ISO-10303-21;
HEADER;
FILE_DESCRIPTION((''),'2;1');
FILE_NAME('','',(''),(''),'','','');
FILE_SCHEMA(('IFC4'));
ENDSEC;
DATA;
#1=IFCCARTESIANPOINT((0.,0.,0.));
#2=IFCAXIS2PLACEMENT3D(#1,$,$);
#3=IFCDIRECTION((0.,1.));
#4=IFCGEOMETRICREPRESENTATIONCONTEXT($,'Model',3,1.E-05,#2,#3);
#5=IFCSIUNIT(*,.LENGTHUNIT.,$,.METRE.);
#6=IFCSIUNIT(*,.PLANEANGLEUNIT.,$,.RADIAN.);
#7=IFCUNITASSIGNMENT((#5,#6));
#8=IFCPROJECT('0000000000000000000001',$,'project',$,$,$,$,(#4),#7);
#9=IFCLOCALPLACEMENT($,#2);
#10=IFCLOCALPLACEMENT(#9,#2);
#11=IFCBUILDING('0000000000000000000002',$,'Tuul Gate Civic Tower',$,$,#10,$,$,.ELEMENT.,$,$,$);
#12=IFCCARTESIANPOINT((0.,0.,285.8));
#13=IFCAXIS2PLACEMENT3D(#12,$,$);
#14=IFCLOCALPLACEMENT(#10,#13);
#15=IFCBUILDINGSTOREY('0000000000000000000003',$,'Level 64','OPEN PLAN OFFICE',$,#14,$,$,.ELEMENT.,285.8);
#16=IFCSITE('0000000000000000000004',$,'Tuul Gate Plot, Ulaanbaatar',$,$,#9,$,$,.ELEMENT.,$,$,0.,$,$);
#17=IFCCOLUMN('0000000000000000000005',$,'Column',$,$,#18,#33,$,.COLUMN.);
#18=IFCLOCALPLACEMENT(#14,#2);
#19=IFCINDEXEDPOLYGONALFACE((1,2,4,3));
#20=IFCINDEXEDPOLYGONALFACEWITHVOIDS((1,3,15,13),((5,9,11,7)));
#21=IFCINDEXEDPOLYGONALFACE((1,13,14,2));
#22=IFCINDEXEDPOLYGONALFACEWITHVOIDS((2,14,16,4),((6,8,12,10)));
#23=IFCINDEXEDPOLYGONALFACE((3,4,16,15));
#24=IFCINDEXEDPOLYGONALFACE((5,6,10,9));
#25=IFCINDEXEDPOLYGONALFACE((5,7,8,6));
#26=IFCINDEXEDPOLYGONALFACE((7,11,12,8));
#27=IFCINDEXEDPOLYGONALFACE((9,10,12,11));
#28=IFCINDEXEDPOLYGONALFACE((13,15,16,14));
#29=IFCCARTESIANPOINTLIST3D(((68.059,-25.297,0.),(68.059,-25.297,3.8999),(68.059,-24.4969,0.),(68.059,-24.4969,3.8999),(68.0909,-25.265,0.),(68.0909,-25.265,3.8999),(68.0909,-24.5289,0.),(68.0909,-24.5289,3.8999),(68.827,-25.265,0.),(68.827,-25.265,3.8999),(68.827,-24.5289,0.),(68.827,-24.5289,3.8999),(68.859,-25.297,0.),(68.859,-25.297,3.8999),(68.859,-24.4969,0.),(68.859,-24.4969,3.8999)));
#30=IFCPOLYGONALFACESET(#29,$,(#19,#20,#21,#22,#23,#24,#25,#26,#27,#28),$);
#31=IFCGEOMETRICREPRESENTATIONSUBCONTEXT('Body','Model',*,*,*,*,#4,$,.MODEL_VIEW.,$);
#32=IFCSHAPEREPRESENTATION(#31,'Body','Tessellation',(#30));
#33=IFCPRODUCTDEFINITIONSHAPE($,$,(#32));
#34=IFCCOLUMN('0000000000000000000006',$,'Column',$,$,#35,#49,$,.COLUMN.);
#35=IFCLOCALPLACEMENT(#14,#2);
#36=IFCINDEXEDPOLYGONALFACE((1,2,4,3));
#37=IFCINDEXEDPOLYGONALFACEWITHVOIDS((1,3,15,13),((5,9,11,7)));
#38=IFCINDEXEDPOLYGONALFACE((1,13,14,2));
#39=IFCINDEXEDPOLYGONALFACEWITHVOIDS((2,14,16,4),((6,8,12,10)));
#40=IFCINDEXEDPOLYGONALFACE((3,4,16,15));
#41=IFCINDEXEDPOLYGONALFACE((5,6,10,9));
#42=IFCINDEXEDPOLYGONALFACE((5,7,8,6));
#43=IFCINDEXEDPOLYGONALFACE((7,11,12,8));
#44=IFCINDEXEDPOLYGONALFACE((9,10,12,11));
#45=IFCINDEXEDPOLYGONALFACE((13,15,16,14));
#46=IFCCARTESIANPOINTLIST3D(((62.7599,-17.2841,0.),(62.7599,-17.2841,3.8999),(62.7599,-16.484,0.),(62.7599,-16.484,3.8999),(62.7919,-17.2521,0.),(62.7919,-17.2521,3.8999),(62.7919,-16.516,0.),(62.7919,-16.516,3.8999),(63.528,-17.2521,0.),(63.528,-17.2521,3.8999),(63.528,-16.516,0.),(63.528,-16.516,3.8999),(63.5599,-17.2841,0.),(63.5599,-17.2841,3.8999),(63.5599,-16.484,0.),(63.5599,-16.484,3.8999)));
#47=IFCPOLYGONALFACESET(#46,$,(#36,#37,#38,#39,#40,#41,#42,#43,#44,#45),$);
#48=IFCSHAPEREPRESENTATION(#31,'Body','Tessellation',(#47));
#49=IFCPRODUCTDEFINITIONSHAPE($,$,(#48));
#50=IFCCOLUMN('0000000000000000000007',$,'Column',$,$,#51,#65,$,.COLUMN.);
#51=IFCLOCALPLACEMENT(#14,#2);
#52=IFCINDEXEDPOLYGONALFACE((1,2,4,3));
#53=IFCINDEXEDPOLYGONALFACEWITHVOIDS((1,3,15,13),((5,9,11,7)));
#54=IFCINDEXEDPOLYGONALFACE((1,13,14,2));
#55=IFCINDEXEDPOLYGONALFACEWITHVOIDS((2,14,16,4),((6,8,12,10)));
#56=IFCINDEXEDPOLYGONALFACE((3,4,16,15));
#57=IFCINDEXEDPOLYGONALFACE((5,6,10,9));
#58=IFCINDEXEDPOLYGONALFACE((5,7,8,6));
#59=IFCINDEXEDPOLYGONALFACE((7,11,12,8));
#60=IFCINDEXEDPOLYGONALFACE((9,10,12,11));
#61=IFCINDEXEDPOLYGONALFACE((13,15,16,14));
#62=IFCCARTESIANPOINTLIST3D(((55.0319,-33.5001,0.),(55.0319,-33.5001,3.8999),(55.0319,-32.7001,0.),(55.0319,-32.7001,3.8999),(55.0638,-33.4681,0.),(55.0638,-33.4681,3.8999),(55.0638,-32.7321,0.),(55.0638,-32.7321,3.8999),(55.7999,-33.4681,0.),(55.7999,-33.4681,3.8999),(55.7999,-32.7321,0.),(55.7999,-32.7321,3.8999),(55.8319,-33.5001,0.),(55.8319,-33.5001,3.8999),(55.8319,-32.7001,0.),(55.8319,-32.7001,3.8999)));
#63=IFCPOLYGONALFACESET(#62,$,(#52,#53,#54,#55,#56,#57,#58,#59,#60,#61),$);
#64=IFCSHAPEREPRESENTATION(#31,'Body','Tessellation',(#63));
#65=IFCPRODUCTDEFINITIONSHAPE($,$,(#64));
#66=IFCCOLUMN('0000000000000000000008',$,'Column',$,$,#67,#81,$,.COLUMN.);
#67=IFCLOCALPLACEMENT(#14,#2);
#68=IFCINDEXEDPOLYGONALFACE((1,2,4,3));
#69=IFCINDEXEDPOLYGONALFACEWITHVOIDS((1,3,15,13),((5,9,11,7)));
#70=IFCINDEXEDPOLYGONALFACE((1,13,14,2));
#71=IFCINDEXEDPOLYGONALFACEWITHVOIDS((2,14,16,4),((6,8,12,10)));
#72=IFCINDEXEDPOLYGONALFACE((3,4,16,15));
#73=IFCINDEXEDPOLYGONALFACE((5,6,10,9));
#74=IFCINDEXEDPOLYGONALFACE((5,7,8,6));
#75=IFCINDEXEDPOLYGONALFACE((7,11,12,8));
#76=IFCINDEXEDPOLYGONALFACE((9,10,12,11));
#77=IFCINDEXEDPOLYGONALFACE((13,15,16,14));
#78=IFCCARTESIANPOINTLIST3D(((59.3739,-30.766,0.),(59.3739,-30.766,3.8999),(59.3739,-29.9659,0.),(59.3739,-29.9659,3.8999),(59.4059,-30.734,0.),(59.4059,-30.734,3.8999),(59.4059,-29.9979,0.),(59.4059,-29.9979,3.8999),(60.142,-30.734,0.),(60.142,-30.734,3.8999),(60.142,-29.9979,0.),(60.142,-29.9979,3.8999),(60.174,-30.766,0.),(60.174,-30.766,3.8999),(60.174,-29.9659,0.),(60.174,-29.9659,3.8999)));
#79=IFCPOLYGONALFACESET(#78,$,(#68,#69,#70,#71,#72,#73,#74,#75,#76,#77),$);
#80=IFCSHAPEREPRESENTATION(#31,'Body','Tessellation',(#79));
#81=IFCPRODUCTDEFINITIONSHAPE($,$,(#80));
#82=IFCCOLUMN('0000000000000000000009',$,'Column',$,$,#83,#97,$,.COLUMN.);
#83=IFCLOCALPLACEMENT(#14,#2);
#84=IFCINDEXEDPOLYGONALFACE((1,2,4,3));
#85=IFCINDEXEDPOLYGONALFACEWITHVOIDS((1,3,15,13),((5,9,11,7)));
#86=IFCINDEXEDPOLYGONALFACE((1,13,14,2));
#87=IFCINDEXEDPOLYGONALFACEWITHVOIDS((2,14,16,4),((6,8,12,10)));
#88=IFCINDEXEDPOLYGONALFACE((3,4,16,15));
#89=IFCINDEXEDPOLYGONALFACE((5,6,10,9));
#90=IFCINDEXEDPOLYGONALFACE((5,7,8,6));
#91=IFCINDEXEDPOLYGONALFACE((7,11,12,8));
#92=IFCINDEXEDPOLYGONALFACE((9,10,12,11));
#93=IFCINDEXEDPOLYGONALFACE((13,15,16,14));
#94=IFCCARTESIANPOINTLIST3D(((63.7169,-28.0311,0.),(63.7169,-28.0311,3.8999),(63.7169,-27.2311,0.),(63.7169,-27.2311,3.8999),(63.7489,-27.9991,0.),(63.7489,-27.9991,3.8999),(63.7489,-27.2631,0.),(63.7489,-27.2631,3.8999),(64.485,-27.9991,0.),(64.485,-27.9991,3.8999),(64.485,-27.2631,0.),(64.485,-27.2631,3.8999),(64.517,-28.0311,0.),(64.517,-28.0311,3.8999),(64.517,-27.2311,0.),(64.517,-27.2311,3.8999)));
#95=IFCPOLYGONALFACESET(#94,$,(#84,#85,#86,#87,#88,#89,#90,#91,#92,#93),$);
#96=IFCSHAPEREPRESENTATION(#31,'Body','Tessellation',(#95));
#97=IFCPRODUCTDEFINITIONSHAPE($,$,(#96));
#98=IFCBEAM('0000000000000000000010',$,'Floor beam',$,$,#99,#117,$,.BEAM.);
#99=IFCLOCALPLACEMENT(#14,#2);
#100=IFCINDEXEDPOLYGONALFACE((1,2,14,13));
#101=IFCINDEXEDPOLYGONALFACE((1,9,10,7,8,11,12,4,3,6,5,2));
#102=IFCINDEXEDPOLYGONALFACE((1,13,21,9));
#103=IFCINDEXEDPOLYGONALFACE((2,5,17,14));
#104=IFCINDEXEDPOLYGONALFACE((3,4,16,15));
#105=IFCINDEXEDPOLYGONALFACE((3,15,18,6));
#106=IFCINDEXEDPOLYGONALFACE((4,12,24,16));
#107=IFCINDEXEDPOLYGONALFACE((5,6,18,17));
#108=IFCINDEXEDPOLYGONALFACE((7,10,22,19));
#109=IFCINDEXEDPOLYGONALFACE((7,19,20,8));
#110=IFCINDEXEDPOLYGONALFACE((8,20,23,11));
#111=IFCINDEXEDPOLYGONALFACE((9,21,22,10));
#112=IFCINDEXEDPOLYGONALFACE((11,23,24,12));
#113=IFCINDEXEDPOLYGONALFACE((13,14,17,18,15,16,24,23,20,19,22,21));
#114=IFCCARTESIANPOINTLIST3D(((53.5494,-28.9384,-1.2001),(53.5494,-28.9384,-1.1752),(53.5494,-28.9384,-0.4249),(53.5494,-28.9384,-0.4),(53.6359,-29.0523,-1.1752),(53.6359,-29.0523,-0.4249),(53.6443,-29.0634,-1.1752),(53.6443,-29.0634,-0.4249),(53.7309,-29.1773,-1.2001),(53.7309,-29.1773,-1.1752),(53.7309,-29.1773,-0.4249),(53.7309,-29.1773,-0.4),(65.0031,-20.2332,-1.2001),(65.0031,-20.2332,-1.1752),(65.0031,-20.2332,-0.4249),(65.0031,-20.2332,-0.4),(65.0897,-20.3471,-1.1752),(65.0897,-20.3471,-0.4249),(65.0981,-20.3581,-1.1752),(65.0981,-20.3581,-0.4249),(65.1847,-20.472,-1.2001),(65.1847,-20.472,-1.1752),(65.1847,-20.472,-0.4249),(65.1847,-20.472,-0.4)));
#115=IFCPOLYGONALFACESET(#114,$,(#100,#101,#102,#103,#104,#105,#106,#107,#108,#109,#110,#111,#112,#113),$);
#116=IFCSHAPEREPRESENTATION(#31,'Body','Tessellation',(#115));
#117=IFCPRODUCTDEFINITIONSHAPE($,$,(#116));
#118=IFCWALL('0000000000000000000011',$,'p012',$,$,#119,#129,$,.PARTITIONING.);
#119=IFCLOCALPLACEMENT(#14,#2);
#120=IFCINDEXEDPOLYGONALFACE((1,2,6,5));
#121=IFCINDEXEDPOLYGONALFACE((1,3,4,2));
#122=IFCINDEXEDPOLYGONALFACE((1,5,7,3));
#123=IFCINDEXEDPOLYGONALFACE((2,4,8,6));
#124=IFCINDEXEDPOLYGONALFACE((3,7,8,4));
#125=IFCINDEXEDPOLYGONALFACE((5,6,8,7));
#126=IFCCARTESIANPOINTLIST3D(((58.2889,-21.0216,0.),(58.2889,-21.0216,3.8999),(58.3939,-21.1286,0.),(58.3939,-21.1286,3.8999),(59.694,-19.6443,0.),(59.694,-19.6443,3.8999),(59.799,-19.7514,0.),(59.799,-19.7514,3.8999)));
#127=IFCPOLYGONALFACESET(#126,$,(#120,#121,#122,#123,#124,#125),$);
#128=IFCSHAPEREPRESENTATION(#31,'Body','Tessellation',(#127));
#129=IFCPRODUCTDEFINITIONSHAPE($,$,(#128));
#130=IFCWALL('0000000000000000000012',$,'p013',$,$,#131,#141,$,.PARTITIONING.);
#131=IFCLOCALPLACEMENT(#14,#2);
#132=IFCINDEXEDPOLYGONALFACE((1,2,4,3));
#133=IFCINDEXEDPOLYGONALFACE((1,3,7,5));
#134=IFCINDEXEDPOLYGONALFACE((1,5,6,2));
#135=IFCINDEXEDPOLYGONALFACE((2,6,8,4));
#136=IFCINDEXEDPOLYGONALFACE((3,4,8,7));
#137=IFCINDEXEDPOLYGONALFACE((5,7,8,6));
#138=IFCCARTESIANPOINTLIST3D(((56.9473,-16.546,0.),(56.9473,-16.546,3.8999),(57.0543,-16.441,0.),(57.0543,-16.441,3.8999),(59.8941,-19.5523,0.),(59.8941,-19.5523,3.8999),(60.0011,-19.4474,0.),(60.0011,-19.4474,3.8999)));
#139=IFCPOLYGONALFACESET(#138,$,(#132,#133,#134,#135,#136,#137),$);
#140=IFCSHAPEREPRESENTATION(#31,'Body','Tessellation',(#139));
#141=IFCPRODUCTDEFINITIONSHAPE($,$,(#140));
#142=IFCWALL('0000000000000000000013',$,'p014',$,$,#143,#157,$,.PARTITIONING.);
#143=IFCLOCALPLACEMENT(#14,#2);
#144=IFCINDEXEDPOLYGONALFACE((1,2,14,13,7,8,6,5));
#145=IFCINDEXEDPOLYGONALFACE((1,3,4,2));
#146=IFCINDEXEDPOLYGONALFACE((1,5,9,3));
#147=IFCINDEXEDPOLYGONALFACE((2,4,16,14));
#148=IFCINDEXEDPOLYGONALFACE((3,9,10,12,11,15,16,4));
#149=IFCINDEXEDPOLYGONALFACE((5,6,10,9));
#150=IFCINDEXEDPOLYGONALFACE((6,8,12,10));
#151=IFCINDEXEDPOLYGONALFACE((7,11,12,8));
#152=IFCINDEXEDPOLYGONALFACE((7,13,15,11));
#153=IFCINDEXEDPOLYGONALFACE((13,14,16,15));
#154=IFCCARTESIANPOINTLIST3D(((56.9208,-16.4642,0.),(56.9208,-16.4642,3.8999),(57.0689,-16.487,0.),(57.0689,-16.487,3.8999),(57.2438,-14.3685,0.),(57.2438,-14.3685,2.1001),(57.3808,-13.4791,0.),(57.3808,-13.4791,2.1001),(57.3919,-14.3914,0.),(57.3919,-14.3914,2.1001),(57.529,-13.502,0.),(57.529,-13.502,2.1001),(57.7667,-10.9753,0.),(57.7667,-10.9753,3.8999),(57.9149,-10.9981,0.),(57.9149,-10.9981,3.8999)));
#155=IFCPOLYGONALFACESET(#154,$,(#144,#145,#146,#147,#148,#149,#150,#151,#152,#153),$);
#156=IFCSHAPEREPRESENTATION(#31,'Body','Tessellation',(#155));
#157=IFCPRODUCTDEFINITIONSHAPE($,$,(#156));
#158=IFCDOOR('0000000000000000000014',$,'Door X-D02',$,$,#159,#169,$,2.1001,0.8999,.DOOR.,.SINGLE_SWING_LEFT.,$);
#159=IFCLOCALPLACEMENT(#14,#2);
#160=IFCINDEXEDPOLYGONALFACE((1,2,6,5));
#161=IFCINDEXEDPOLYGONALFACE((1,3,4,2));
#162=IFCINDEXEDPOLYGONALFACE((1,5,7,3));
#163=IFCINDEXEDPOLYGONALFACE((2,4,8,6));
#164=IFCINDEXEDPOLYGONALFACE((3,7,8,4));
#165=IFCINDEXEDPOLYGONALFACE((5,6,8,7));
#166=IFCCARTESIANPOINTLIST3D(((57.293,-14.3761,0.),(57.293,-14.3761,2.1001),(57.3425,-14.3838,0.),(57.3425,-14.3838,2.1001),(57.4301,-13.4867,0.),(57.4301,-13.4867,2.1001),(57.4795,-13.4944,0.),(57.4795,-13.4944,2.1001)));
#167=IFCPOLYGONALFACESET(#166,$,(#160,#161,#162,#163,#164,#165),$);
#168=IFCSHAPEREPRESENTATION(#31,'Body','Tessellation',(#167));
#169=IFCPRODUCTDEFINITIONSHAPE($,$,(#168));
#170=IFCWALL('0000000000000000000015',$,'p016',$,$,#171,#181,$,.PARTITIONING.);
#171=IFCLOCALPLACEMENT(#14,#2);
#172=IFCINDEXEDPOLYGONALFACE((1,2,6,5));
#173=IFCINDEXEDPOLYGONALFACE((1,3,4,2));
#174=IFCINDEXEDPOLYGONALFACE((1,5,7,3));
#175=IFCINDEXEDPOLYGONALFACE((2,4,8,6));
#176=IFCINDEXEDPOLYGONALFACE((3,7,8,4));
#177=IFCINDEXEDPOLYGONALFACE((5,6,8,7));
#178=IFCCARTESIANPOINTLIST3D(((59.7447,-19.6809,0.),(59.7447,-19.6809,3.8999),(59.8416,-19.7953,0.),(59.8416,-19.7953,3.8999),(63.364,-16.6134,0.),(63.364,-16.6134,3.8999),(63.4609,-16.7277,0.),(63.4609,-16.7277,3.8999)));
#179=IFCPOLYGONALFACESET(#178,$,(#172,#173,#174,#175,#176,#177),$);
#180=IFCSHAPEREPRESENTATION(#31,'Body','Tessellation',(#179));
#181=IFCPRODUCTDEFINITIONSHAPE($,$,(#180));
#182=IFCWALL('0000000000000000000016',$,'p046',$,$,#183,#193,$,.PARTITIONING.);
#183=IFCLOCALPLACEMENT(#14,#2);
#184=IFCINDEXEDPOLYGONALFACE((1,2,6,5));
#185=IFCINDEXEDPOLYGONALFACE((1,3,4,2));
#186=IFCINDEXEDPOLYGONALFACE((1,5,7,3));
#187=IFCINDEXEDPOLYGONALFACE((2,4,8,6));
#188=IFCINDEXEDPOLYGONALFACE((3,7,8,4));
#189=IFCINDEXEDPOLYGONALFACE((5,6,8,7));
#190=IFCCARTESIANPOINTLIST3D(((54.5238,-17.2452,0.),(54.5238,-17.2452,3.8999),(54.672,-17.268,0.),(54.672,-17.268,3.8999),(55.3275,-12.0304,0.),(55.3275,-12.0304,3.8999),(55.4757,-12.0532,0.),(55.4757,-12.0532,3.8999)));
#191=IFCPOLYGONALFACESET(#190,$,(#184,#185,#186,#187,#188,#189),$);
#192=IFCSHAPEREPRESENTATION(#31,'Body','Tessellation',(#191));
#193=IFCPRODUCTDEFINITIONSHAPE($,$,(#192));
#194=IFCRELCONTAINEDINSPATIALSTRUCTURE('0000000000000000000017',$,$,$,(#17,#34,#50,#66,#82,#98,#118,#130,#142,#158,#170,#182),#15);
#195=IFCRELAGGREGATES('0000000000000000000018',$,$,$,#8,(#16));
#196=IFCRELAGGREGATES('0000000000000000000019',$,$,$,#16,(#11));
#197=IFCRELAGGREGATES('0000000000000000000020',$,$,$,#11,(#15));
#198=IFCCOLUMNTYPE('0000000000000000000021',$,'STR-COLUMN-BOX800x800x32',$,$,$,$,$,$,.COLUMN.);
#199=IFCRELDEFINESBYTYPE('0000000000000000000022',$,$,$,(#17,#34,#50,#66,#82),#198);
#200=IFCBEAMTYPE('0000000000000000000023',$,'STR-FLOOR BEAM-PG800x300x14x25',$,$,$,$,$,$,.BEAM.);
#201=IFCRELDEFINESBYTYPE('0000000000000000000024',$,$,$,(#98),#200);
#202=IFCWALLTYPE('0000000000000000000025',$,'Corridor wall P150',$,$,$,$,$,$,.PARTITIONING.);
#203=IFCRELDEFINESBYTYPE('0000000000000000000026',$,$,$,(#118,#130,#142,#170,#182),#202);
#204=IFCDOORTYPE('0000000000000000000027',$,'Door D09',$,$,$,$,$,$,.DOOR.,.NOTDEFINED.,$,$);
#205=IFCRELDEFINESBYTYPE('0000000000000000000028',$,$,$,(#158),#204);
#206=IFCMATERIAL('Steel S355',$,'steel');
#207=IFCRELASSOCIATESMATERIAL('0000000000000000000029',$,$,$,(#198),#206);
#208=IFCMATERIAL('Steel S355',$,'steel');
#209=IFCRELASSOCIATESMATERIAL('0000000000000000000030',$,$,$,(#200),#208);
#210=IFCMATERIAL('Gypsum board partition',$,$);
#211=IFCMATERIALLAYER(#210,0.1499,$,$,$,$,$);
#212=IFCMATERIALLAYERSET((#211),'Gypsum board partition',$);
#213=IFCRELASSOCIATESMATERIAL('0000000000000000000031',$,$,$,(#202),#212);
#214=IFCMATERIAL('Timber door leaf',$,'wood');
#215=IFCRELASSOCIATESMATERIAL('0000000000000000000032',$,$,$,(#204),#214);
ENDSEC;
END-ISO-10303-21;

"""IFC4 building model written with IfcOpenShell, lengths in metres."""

from ifc_helpers import new_model, si_unit, direction, frame, frame_2d, origin, origin_2d, place, context, subcontext, project, spatial, rectangle, hollow_rectangle, i_section, extrude, material, layer, layer_set, material_profile, profile_set, type_object, element, fill, save


model = new_model("IFC4")

# Units and contexts
model_context = context("Model", 3, precision=1e-05, world=origin(), true_north=direction((0.0, 1.0)))
body_context = subcontext(model_context, "Body", "Model", "MODEL_VIEW")
ifc_project = project(units=[si_unit("LENGTHUNIT", "METRE"), si_unit("PLANEANGLEUNIT", "RADIAN")], contexts=[model_context])

# Site, building, storey
site_placement = place(None, origin())
site = spatial("IfcSite", under=ifc_project, at=site_placement, Name="Tuul Gate Plot, Ulaanbaatar", CompositionType="ELEMENT", RefElevation=0.0)
building_placement = place(site_placement, origin())
building = spatial("IfcBuilding", under=site, at=building_placement, Name="Tuul Gate Civic Tower", CompositionType="ELEMENT")
storey_placement = place(building_placement, frame((0.0, 0.0, 285.8)))
storey = spatial("IfcBuildingStorey", under=building, at=storey_placement, Name="Level 64", Description="OPEN PLAN OFFICE", CompositionType="ELEMENT", Elevation=285.8)

# Columns
ifc_material_1 = material(Name="Steel S355", Category="steel")
ifc_material_profile_1 = material_profile(ifc_material_1, hollow_rectangle(XDim=0.8, YDim=0.8, WallThickness=0.032, at=origin_2d()), Name="BOX800x800x32")
ifc_profile_set_1 = profile_set([ifc_material_profile_1], Name="Steel S355")
column_type = type_object("IfcColumnType", Name="STR-COLUMN-BOX800x800x32", PredefinedType="COLUMN", material=ifc_profile_set_1)
for number, where, z_axis, x_axis, name in (
    (1, (68.459, -24.897, 0.0), (0.0, 0.0, 1.0), (1.0, 0.0, 0.0), "Column"),
    (2, (63.1599, -16.884, 0.0), (0.0, 0.0, 1.0), (1.0, 0.0, 0.0), "Column"),
    (3, (55.4319, -33.1001, 0.0), (0.0, 0.0, 1.0), (1.0, 0.0, 0.0), "Column"),
    (4, (59.7739, -30.366, 0.0), (0.0, 0.0, 1.0), (1.0, 0.0, 0.0), "Column"),
    (5, (64.1169, -27.6311, 0.0), (0.0, 0.0, 1.0), (1.0, 0.0, 0.0), "Column"),
):
    element("IfcColumn", number, at=place(storey_placement, frame(where, z_axis=z_axis, x_axis=x_axis)), inside=storey, type_object=column_type, Name=name, PredefinedType="COLUMN", context=body_context, shape_type="SweptSolid", body=[
        extrude(hollow_rectangle(XDim=0.8, YDim=0.8, WallThickness=0.032, at=origin_2d()), origin(), (0.0, 0.0, 1.0), 3.8999),
    ])

# Beam
ifc_material_2 = material(Name="Steel S355", Category="steel")
ifc_material_profile_2 = material_profile(ifc_material_2, i_section(OverallWidth=0.3, OverallDepth=0.8, WebThickness=0.0139, FlangeThickness=0.0249, at=origin_2d()), Name="PG800x300x14x25")
ifc_profile_set_2 = profile_set([ifc_material_profile_2], Name="Steel S355")
beam_type = type_object("IfcBeamType", Name="STR-FLOOR BEAM-PG800x300x14x25", PredefinedType="BEAM", material=ifc_profile_set_2)
beam_placement = place(storey_placement, frame((53.6401, -29.0579, -0.8), z_axis=(0.796149, 0.6051, 0.0), x_axis=(-0.6051, 0.796149, 0.0)))
element("IfcBeam", 6, at=beam_placement, inside=storey, type_object=beam_type, Name="Floor beam", PredefinedType="BEAM", context=body_context, shape_type="SweptSolid", body=[
    extrude(i_section(OverallWidth=0.3, OverallDepth=0.8, WebThickness=0.0139, FlangeThickness=0.0249, at=origin_2d()), origin(), (0.0, 0.0, 1.0), 14.3865),
])

# Walls
ifc_material_3 = material(Name="Gypsum board partition")
ifc_layer_1 = layer(ifc_material_3, 0.1499)
ifc_layer_set_1 = layer_set([ifc_layer_1], Name="Gypsum board partition")
wall_type_1 = type_object("IfcWallType", Name="Corridor wall P150", PredefinedType="PARTITIONING", material=ifc_layer_set_1)
wall_1_placement = place(storey_placement, frame((58.3413, -21.0752, 0.0), z_axis=(0.0, 0.0, 1.0), x_axis=(0.714145, 0.699998, 0.0)))
element("IfcWall", 7, at=wall_1_placement, inside=storey, type_object=wall_type_1, Name="p012", PredefinedType="PARTITIONING", context=body_context, shape_type="SweptSolid", body=[
    extrude(rectangle(XDim=1.9675, YDim=0.1499, at=frame_2d((0.9839, 0.0))), origin(), (0.0, 0.0, 1.0), 3.8999),
])
wall_2_placement = place(storey_placement, frame((57.0007, -16.4934, 0.0), z_axis=(0.0, 0.0, 1.0), x_axis=(0.699996, -0.714147, 0.0)))
element("IfcWall", 8, at=wall_2_placement, inside=storey, type_object=wall_type_1, Name="p013", PredefinedType="PARTITIONING", context=body_context, shape_type="SweptSolid", body=[
    extrude(rectangle(XDim=4.2097, YDim=0.1499, at=frame_2d((2.105, 0.0))), origin(), (0.0, 0.0, 1.0), 3.8999),
])

# Wall, opening, door
wall_3_placement = place(storey_placement, frame((56.9949, -16.4756, 0.0), z_axis=(0.0, 0.0, 1.0), x_axis=(0.152318, 0.988332, 0.0)))
wall_3 = element("IfcWall", 9, at=wall_3_placement, inside=storey, type_object=wall_type_1, Name="p014", PredefinedType="PARTITIONING", context=body_context, shape_type="SweptSolid", body=[
    extrude(rectangle(XDim=5.5537, YDim=0.1499, at=frame_2d((2.7769, 0.0))), origin(), (0.0, 0.0, 1.0), 3.8999),
])
opening_1_placement = place(wall_3_placement, frame((2.1204, 0.0, 0.0)))
opening_1 = element("IfcOpeningElement", 10, at=opening_1_placement, cuts=wall_3, PredefinedType="OPENING", context=body_context, shape_type="SweptSolid", body=[
    extrude(rectangle(XDim=0.8999, YDim=2.1001, at=frame_2d((0.45, 1.05))), frame((0.0, 0.085, 0.0), z_axis=(0.0, -1.0, 0.0), x_axis=(1.0, 0.0, 0.0)), (0.0, 0.0, 1.0), 0.1699),
])
ifc_material_4 = material(Name="Timber door leaf", Category="wood")
door_type_1 = type_object("IfcDoorType", Name="Door D09", OperationType="NOTDEFINED", PredefinedType="DOOR", material=ifc_material_4)
door_1_placement = place(opening_1_placement, frame((0.8999, 0.0, 0.0), z_axis=(0.0, 0.0, 1.0), x_axis=(-1.0, 0.0, 0.0)))
door_1 = element("IfcDoor", 11, at=door_1_placement, inside=storey, type_object=door_type_1, Name="Door X-D02", OperationType="SINGLE_SWING_LEFT", OverallHeight=2.1001, OverallWidth=0.8999, PredefinedType="DOOR", context=body_context, shape_type="SweptSolid", body=[
    extrude(rectangle(XDim=0.8999, YDim=2.1001, at=frame_2d((0.45, 1.05))), frame((0.0, 0.0249, 0.0), z_axis=(0.0, -1.0, 0.0), x_axis=(1.0, 0.0, 0.0)), (0.0, 0.0, 1.0), 0.05),
])
fill(opening_1, door_1)

# Walls
wall_4_placement = place(storey_placement, frame((59.7932, -19.738, 0.0), z_axis=(0.0, 0.0, 1.0), x_axis=(0.762859, 0.646565, 0.0)))
element("IfcWall", 12, at=wall_4_placement, inside=storey, type_object=wall_type_1, Name="p016", PredefinedType="PARTITIONING", context=body_context, shape_type="SweptSolid", body=[
    extrude(rectangle(XDim=4.7444, YDim=0.1499, at=frame_2d((2.3721, 0.0))), origin(), (0.0, 0.0, 1.0), 3.8999),
])
wall_5_placement = place(storey_placement, frame((54.5979, -17.2566, 0.0), z_axis=(0.0, 0.0, 1.0), x_axis=(0.152321, 0.988331, 0.0)))
element("IfcWall", 13, at=wall_5_placement, inside=storey, type_object=wall_type_1, Name="p046", PredefinedType="PARTITIONING", context=body_context, shape_type="SweptSolid", body=[
    extrude(rectangle(XDim=5.2764, YDim=0.1499, at=frame_2d((2.6382, 0.0))), origin(), (0.0, 0.0, 1.0), 3.8999),
])

save(model, "model.ifc")
